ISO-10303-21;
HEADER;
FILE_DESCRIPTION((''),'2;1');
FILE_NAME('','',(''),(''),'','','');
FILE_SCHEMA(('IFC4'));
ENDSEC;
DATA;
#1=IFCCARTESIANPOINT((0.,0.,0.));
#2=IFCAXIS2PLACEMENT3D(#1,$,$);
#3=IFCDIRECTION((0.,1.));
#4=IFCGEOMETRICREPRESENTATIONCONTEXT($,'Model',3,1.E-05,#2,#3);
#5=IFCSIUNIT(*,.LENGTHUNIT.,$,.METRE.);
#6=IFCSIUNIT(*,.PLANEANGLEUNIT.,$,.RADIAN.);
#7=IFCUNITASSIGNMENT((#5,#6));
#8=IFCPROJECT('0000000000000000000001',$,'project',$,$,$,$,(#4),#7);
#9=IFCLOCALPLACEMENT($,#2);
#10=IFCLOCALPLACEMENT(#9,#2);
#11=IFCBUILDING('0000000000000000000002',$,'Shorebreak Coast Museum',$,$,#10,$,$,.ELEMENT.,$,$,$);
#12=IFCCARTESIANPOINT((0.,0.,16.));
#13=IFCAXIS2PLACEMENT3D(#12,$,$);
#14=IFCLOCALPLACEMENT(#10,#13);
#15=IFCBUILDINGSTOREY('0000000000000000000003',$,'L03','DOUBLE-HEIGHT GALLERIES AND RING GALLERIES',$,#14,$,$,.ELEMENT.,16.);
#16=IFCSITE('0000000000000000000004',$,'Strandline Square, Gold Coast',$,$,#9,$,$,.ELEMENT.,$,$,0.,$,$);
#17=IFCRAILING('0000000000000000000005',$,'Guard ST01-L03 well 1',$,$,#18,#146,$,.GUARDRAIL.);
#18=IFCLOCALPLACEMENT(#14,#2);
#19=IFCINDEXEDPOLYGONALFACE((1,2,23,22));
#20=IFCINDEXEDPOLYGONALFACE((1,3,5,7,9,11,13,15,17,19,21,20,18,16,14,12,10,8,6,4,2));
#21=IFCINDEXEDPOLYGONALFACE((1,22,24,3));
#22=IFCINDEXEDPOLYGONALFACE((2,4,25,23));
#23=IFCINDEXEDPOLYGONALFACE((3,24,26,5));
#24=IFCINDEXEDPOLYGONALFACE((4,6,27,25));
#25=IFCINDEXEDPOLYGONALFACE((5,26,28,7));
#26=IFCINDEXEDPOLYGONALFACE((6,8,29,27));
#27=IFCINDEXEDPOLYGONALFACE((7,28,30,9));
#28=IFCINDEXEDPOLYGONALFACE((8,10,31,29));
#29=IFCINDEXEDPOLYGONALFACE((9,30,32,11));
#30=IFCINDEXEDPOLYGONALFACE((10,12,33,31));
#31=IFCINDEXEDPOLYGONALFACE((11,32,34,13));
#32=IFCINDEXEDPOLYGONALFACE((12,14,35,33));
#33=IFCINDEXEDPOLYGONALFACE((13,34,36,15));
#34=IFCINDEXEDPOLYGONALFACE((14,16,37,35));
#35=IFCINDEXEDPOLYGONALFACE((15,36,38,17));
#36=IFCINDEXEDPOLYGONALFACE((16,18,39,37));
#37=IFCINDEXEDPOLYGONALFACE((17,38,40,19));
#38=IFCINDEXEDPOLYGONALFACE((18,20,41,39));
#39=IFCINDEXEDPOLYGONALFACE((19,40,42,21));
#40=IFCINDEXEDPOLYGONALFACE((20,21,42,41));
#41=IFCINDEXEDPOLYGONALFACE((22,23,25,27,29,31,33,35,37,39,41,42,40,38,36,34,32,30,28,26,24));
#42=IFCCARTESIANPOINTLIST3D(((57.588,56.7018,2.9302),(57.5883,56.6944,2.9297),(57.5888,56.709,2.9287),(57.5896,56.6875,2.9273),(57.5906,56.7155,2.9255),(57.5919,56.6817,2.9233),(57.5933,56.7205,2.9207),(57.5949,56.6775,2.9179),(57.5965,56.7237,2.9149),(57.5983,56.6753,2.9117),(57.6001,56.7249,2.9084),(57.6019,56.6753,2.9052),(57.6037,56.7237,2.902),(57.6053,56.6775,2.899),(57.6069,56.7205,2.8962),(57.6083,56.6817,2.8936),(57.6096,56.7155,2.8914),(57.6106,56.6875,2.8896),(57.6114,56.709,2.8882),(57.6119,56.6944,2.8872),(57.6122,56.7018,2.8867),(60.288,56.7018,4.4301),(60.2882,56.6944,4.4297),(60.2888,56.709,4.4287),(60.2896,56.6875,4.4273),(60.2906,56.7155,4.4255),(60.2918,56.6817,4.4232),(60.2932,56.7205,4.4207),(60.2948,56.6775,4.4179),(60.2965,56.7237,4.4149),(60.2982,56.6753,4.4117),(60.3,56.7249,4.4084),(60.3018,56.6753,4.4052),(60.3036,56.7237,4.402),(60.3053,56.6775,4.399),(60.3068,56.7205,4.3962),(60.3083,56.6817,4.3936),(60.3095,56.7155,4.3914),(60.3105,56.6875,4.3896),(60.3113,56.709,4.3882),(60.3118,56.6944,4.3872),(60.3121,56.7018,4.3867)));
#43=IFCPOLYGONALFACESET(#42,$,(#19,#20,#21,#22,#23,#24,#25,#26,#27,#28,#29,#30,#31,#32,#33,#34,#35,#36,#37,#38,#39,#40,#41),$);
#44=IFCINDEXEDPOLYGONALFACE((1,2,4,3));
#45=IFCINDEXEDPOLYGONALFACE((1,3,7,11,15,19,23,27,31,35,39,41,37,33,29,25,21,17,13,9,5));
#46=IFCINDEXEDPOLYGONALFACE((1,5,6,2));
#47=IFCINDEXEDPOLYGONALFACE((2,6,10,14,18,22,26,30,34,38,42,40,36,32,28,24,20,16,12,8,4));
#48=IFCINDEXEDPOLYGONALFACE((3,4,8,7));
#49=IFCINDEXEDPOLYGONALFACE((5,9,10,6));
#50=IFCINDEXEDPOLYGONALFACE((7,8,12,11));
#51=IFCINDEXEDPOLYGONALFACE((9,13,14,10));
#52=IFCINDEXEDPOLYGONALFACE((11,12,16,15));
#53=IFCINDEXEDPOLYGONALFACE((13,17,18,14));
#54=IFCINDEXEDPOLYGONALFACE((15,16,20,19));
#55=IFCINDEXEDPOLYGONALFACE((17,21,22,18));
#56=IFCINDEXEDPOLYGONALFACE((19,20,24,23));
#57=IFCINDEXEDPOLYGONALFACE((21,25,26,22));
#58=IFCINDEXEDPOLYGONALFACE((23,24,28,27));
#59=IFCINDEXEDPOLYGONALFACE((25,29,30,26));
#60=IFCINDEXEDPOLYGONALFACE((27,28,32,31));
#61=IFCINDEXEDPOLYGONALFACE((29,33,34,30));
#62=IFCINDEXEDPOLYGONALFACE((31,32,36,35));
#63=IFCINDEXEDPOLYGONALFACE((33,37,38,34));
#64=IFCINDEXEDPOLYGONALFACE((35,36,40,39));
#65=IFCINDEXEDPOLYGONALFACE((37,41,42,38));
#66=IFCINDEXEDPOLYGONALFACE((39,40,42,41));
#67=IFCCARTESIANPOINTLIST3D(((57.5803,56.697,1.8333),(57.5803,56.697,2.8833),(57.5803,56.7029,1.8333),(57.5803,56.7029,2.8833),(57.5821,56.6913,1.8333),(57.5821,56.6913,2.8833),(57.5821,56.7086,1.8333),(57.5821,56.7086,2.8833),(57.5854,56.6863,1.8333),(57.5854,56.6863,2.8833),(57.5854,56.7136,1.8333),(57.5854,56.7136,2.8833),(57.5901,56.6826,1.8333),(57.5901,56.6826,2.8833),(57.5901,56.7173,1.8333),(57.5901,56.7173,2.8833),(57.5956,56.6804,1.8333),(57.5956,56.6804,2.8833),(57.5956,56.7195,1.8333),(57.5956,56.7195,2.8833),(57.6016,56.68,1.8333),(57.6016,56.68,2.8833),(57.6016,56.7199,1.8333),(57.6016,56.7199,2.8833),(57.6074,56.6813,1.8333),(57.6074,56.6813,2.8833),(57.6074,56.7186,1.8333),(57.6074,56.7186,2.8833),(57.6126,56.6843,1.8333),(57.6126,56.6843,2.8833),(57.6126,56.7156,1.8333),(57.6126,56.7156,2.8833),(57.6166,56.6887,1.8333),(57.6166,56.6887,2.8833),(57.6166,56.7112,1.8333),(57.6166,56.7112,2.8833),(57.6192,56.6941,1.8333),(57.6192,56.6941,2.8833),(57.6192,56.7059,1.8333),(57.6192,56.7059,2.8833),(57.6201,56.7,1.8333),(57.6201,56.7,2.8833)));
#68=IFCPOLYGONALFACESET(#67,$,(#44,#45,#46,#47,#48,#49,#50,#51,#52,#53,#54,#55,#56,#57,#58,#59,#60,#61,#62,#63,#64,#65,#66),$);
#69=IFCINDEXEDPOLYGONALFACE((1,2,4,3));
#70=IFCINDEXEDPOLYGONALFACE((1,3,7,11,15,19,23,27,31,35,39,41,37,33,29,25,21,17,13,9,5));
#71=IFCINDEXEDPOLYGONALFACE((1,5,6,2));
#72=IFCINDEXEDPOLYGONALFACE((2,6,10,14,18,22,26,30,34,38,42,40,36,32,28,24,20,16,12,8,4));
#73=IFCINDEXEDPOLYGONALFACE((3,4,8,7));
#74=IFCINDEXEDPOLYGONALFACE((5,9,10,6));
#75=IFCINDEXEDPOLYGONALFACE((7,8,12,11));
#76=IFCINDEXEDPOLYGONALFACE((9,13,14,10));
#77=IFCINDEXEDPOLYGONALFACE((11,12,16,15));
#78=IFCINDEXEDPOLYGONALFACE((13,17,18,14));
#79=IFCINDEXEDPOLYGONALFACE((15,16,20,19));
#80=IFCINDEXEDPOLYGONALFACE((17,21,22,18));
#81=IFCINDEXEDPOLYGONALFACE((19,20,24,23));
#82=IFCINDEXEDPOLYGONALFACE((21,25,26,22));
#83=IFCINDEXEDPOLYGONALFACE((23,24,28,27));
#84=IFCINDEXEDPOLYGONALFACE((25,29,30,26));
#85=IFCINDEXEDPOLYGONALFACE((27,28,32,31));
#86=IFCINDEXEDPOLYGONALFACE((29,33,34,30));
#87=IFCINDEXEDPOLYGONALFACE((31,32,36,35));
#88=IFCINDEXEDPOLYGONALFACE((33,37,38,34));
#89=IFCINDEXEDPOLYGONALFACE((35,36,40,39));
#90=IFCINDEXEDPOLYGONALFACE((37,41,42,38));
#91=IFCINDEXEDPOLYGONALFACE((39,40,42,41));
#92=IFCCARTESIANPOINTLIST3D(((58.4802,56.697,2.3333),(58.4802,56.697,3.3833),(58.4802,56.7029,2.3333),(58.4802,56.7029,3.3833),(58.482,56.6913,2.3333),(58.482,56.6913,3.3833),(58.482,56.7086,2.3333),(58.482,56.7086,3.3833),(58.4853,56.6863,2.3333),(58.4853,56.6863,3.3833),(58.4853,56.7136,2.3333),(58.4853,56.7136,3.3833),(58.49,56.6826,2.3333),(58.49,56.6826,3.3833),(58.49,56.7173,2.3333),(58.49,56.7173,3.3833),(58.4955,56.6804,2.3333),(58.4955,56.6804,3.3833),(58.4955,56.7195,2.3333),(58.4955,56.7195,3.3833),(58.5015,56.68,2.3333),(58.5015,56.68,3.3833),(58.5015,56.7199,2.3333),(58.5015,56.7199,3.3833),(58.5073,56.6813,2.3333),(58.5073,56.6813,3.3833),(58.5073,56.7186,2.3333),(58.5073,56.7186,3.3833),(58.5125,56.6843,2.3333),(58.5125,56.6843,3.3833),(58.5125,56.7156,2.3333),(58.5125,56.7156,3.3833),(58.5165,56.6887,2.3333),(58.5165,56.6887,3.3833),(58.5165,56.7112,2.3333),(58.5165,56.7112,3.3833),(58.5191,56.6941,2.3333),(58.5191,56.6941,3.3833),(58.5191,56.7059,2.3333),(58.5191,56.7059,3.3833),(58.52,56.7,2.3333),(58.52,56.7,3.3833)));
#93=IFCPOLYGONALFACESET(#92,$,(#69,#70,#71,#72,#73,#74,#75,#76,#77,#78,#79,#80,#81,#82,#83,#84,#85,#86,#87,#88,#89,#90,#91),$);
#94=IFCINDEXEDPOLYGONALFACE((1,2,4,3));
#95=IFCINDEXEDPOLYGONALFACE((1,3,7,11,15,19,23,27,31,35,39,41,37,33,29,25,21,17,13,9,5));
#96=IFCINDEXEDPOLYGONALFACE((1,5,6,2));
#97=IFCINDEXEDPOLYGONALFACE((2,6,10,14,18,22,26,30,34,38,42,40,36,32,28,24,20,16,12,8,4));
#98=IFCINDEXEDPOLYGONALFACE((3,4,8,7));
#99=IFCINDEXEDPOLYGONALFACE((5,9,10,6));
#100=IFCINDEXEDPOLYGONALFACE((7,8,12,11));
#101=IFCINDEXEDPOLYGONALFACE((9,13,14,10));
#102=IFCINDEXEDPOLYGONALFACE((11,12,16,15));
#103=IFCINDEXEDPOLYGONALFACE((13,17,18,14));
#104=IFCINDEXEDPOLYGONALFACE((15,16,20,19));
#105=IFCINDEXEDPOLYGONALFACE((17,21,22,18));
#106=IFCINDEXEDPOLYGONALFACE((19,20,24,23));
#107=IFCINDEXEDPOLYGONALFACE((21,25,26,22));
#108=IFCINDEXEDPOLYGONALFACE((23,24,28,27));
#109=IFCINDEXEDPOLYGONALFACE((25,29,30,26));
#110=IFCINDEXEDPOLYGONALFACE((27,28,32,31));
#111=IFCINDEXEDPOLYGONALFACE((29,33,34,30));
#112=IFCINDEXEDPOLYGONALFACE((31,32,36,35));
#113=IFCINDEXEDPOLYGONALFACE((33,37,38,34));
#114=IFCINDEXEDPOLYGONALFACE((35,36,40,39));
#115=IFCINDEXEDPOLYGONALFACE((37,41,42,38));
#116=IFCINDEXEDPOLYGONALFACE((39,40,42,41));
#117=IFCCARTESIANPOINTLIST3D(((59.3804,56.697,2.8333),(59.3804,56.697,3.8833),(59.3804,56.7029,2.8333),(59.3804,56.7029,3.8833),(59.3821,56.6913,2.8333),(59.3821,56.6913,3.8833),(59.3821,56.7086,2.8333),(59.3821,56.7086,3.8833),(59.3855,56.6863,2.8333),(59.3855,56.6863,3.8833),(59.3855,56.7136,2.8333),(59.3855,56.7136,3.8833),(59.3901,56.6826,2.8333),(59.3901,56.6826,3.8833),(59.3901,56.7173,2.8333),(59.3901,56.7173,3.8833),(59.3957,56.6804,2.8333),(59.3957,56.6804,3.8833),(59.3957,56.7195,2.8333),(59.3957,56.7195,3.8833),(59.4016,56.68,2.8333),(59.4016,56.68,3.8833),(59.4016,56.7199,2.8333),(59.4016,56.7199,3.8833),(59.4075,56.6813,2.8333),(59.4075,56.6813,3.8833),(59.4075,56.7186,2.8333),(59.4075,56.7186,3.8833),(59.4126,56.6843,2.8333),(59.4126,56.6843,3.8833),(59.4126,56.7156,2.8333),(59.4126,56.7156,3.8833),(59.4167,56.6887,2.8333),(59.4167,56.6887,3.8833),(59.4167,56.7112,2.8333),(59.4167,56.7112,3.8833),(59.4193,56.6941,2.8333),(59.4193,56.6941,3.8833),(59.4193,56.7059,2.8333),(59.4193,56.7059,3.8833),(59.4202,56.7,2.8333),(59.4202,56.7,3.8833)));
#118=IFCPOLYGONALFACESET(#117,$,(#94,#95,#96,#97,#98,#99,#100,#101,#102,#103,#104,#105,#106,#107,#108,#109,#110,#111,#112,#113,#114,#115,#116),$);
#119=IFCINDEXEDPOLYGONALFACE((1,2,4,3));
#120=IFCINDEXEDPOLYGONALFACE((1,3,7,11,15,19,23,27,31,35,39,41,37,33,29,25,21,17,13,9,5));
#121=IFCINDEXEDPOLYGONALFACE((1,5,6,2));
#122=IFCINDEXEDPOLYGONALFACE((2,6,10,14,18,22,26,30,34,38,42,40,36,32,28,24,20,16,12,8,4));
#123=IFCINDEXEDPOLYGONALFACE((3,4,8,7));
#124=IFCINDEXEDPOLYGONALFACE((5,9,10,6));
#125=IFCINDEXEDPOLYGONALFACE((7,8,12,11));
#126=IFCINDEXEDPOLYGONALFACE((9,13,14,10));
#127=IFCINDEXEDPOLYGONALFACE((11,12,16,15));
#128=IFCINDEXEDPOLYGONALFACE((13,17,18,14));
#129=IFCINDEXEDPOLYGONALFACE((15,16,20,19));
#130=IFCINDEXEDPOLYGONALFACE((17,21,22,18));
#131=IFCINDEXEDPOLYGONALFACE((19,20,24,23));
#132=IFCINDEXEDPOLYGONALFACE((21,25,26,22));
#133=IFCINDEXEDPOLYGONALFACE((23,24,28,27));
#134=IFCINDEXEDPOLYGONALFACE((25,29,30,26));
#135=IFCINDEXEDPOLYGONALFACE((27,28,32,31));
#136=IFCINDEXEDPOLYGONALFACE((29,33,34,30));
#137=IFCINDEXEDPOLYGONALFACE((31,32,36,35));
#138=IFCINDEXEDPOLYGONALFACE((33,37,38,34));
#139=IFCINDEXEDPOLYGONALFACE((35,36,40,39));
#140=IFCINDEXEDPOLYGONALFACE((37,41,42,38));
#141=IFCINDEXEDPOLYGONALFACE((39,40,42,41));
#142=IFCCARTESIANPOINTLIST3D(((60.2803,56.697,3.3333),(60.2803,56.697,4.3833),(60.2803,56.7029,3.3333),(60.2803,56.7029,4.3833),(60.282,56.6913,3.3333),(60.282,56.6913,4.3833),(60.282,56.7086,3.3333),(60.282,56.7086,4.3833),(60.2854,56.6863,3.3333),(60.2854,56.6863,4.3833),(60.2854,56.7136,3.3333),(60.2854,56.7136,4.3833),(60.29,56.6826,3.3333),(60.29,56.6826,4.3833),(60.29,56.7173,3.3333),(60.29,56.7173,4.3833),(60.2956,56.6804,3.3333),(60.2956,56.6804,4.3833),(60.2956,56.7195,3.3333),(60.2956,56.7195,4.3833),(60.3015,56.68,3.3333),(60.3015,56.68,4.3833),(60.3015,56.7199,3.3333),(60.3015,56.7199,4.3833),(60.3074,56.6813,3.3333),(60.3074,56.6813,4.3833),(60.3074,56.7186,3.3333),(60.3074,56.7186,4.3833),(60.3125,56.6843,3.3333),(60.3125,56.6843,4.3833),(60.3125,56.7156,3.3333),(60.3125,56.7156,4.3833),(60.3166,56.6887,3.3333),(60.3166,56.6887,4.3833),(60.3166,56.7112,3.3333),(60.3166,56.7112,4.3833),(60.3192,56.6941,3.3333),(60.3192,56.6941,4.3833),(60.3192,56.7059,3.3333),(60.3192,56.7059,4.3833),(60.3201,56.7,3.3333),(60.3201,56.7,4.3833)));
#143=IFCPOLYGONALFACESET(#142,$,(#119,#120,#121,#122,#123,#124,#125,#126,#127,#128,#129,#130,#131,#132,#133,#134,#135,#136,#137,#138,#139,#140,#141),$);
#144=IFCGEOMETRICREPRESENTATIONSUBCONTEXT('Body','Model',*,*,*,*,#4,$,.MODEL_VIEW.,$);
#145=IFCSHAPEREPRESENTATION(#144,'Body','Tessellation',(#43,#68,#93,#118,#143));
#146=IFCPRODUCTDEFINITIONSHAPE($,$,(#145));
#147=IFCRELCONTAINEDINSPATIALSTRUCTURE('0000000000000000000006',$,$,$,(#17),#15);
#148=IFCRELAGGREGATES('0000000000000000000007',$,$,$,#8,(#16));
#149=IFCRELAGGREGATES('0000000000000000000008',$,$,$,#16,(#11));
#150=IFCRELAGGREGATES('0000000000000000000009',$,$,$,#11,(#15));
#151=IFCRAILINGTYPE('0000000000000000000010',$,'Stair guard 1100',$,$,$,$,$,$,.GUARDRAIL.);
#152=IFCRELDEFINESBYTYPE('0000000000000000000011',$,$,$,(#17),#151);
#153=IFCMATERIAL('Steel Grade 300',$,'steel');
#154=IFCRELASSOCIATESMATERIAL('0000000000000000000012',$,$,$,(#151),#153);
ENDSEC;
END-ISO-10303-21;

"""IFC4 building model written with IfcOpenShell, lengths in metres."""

from ifc_helpers import new_model, si_unit, direction, frame, origin, origin_2d, place, context, subcontext, project, spatial, circle, extrude, material, type_object, element, save


model = new_model("IFC4")

# Units and contexts
model_context = context("Model", 3, precision=1e-05, world=origin(), true_north=direction((0.0, 1.0)))
body_context = subcontext(model_context, "Body", "Model", "MODEL_VIEW")
ifc_project = project(units=[si_unit("LENGTHUNIT", "METRE"), si_unit("PLANEANGLEUNIT", "RADIAN")], contexts=[model_context])

# Site, building, storey
site_placement = place(None, origin())
site = spatial("IfcSite", under=ifc_project, at=site_placement, Name="Strandline Square, Gold Coast", CompositionType="ELEMENT", RefElevation=0.0)
building_placement = place(site_placement, origin())
building = spatial("IfcBuilding", under=site, at=building_placement, Name="Shorebreak Coast Museum", CompositionType="ELEMENT")
storey_placement = place(building_placement, frame((0.0, 0.0, 16.0)))
storey = spatial("IfcBuildingStorey", under=building, at=storey_placement, Name="L03", Description="DOUBLE-HEIGHT GALLERIES AND RING GALLERIES", CompositionType="ELEMENT", Elevation=16.0)

# Railing
ifc_material_1 = material(Name="Steel Grade 300", Category="steel")
railing_type_1 = type_object("IfcRailingType", Name="Stair guard 1100", PredefinedType="GUARDRAIL", material=ifc_material_1)
for number, where, name in (
    (1, (57.6001, 56.7, 1.8333), "Guard ST01-L03 well 1"),
):
    element("IfcRailing", number, at=place(storey_placement, frame(where)), inside=storey, type_object=railing_type_1, Name=name, PredefinedType="GUARDRAIL", context=body_context, shape_type="SweptSolid", body=[
        extrude(circle(Radius=0.0249, at=origin_2d()), frame((0.0, 0.0, 1.0752), z_axis=(0.874154, 0.0, 0.48565), x_axis=(0.0, 1.0, 0.0)), (0.0, 0.0, 1.0), 3.0886),
        extrude(circle(Radius=0.02, at=origin_2d()), origin(), (0.0, 0.0, 1.0), 1.05),
        extrude(circle(Radius=0.02, at=origin_2d()), frame((0.8999, 0.0, 0.5)), (0.0, 0.0, 1.0), 1.05),
        extrude(circle(Radius=0.02, at=origin_2d()), frame((1.8, 0.0, 1.0)), (0.0, 0.0, 1.0), 1.05),
        extrude(circle(Radius=0.02, at=origin_2d()), frame((2.7, 0.0, 1.5)), (0.0, 0.0, 1.0), 1.05),
    ])

save(model, "model.ifc")
